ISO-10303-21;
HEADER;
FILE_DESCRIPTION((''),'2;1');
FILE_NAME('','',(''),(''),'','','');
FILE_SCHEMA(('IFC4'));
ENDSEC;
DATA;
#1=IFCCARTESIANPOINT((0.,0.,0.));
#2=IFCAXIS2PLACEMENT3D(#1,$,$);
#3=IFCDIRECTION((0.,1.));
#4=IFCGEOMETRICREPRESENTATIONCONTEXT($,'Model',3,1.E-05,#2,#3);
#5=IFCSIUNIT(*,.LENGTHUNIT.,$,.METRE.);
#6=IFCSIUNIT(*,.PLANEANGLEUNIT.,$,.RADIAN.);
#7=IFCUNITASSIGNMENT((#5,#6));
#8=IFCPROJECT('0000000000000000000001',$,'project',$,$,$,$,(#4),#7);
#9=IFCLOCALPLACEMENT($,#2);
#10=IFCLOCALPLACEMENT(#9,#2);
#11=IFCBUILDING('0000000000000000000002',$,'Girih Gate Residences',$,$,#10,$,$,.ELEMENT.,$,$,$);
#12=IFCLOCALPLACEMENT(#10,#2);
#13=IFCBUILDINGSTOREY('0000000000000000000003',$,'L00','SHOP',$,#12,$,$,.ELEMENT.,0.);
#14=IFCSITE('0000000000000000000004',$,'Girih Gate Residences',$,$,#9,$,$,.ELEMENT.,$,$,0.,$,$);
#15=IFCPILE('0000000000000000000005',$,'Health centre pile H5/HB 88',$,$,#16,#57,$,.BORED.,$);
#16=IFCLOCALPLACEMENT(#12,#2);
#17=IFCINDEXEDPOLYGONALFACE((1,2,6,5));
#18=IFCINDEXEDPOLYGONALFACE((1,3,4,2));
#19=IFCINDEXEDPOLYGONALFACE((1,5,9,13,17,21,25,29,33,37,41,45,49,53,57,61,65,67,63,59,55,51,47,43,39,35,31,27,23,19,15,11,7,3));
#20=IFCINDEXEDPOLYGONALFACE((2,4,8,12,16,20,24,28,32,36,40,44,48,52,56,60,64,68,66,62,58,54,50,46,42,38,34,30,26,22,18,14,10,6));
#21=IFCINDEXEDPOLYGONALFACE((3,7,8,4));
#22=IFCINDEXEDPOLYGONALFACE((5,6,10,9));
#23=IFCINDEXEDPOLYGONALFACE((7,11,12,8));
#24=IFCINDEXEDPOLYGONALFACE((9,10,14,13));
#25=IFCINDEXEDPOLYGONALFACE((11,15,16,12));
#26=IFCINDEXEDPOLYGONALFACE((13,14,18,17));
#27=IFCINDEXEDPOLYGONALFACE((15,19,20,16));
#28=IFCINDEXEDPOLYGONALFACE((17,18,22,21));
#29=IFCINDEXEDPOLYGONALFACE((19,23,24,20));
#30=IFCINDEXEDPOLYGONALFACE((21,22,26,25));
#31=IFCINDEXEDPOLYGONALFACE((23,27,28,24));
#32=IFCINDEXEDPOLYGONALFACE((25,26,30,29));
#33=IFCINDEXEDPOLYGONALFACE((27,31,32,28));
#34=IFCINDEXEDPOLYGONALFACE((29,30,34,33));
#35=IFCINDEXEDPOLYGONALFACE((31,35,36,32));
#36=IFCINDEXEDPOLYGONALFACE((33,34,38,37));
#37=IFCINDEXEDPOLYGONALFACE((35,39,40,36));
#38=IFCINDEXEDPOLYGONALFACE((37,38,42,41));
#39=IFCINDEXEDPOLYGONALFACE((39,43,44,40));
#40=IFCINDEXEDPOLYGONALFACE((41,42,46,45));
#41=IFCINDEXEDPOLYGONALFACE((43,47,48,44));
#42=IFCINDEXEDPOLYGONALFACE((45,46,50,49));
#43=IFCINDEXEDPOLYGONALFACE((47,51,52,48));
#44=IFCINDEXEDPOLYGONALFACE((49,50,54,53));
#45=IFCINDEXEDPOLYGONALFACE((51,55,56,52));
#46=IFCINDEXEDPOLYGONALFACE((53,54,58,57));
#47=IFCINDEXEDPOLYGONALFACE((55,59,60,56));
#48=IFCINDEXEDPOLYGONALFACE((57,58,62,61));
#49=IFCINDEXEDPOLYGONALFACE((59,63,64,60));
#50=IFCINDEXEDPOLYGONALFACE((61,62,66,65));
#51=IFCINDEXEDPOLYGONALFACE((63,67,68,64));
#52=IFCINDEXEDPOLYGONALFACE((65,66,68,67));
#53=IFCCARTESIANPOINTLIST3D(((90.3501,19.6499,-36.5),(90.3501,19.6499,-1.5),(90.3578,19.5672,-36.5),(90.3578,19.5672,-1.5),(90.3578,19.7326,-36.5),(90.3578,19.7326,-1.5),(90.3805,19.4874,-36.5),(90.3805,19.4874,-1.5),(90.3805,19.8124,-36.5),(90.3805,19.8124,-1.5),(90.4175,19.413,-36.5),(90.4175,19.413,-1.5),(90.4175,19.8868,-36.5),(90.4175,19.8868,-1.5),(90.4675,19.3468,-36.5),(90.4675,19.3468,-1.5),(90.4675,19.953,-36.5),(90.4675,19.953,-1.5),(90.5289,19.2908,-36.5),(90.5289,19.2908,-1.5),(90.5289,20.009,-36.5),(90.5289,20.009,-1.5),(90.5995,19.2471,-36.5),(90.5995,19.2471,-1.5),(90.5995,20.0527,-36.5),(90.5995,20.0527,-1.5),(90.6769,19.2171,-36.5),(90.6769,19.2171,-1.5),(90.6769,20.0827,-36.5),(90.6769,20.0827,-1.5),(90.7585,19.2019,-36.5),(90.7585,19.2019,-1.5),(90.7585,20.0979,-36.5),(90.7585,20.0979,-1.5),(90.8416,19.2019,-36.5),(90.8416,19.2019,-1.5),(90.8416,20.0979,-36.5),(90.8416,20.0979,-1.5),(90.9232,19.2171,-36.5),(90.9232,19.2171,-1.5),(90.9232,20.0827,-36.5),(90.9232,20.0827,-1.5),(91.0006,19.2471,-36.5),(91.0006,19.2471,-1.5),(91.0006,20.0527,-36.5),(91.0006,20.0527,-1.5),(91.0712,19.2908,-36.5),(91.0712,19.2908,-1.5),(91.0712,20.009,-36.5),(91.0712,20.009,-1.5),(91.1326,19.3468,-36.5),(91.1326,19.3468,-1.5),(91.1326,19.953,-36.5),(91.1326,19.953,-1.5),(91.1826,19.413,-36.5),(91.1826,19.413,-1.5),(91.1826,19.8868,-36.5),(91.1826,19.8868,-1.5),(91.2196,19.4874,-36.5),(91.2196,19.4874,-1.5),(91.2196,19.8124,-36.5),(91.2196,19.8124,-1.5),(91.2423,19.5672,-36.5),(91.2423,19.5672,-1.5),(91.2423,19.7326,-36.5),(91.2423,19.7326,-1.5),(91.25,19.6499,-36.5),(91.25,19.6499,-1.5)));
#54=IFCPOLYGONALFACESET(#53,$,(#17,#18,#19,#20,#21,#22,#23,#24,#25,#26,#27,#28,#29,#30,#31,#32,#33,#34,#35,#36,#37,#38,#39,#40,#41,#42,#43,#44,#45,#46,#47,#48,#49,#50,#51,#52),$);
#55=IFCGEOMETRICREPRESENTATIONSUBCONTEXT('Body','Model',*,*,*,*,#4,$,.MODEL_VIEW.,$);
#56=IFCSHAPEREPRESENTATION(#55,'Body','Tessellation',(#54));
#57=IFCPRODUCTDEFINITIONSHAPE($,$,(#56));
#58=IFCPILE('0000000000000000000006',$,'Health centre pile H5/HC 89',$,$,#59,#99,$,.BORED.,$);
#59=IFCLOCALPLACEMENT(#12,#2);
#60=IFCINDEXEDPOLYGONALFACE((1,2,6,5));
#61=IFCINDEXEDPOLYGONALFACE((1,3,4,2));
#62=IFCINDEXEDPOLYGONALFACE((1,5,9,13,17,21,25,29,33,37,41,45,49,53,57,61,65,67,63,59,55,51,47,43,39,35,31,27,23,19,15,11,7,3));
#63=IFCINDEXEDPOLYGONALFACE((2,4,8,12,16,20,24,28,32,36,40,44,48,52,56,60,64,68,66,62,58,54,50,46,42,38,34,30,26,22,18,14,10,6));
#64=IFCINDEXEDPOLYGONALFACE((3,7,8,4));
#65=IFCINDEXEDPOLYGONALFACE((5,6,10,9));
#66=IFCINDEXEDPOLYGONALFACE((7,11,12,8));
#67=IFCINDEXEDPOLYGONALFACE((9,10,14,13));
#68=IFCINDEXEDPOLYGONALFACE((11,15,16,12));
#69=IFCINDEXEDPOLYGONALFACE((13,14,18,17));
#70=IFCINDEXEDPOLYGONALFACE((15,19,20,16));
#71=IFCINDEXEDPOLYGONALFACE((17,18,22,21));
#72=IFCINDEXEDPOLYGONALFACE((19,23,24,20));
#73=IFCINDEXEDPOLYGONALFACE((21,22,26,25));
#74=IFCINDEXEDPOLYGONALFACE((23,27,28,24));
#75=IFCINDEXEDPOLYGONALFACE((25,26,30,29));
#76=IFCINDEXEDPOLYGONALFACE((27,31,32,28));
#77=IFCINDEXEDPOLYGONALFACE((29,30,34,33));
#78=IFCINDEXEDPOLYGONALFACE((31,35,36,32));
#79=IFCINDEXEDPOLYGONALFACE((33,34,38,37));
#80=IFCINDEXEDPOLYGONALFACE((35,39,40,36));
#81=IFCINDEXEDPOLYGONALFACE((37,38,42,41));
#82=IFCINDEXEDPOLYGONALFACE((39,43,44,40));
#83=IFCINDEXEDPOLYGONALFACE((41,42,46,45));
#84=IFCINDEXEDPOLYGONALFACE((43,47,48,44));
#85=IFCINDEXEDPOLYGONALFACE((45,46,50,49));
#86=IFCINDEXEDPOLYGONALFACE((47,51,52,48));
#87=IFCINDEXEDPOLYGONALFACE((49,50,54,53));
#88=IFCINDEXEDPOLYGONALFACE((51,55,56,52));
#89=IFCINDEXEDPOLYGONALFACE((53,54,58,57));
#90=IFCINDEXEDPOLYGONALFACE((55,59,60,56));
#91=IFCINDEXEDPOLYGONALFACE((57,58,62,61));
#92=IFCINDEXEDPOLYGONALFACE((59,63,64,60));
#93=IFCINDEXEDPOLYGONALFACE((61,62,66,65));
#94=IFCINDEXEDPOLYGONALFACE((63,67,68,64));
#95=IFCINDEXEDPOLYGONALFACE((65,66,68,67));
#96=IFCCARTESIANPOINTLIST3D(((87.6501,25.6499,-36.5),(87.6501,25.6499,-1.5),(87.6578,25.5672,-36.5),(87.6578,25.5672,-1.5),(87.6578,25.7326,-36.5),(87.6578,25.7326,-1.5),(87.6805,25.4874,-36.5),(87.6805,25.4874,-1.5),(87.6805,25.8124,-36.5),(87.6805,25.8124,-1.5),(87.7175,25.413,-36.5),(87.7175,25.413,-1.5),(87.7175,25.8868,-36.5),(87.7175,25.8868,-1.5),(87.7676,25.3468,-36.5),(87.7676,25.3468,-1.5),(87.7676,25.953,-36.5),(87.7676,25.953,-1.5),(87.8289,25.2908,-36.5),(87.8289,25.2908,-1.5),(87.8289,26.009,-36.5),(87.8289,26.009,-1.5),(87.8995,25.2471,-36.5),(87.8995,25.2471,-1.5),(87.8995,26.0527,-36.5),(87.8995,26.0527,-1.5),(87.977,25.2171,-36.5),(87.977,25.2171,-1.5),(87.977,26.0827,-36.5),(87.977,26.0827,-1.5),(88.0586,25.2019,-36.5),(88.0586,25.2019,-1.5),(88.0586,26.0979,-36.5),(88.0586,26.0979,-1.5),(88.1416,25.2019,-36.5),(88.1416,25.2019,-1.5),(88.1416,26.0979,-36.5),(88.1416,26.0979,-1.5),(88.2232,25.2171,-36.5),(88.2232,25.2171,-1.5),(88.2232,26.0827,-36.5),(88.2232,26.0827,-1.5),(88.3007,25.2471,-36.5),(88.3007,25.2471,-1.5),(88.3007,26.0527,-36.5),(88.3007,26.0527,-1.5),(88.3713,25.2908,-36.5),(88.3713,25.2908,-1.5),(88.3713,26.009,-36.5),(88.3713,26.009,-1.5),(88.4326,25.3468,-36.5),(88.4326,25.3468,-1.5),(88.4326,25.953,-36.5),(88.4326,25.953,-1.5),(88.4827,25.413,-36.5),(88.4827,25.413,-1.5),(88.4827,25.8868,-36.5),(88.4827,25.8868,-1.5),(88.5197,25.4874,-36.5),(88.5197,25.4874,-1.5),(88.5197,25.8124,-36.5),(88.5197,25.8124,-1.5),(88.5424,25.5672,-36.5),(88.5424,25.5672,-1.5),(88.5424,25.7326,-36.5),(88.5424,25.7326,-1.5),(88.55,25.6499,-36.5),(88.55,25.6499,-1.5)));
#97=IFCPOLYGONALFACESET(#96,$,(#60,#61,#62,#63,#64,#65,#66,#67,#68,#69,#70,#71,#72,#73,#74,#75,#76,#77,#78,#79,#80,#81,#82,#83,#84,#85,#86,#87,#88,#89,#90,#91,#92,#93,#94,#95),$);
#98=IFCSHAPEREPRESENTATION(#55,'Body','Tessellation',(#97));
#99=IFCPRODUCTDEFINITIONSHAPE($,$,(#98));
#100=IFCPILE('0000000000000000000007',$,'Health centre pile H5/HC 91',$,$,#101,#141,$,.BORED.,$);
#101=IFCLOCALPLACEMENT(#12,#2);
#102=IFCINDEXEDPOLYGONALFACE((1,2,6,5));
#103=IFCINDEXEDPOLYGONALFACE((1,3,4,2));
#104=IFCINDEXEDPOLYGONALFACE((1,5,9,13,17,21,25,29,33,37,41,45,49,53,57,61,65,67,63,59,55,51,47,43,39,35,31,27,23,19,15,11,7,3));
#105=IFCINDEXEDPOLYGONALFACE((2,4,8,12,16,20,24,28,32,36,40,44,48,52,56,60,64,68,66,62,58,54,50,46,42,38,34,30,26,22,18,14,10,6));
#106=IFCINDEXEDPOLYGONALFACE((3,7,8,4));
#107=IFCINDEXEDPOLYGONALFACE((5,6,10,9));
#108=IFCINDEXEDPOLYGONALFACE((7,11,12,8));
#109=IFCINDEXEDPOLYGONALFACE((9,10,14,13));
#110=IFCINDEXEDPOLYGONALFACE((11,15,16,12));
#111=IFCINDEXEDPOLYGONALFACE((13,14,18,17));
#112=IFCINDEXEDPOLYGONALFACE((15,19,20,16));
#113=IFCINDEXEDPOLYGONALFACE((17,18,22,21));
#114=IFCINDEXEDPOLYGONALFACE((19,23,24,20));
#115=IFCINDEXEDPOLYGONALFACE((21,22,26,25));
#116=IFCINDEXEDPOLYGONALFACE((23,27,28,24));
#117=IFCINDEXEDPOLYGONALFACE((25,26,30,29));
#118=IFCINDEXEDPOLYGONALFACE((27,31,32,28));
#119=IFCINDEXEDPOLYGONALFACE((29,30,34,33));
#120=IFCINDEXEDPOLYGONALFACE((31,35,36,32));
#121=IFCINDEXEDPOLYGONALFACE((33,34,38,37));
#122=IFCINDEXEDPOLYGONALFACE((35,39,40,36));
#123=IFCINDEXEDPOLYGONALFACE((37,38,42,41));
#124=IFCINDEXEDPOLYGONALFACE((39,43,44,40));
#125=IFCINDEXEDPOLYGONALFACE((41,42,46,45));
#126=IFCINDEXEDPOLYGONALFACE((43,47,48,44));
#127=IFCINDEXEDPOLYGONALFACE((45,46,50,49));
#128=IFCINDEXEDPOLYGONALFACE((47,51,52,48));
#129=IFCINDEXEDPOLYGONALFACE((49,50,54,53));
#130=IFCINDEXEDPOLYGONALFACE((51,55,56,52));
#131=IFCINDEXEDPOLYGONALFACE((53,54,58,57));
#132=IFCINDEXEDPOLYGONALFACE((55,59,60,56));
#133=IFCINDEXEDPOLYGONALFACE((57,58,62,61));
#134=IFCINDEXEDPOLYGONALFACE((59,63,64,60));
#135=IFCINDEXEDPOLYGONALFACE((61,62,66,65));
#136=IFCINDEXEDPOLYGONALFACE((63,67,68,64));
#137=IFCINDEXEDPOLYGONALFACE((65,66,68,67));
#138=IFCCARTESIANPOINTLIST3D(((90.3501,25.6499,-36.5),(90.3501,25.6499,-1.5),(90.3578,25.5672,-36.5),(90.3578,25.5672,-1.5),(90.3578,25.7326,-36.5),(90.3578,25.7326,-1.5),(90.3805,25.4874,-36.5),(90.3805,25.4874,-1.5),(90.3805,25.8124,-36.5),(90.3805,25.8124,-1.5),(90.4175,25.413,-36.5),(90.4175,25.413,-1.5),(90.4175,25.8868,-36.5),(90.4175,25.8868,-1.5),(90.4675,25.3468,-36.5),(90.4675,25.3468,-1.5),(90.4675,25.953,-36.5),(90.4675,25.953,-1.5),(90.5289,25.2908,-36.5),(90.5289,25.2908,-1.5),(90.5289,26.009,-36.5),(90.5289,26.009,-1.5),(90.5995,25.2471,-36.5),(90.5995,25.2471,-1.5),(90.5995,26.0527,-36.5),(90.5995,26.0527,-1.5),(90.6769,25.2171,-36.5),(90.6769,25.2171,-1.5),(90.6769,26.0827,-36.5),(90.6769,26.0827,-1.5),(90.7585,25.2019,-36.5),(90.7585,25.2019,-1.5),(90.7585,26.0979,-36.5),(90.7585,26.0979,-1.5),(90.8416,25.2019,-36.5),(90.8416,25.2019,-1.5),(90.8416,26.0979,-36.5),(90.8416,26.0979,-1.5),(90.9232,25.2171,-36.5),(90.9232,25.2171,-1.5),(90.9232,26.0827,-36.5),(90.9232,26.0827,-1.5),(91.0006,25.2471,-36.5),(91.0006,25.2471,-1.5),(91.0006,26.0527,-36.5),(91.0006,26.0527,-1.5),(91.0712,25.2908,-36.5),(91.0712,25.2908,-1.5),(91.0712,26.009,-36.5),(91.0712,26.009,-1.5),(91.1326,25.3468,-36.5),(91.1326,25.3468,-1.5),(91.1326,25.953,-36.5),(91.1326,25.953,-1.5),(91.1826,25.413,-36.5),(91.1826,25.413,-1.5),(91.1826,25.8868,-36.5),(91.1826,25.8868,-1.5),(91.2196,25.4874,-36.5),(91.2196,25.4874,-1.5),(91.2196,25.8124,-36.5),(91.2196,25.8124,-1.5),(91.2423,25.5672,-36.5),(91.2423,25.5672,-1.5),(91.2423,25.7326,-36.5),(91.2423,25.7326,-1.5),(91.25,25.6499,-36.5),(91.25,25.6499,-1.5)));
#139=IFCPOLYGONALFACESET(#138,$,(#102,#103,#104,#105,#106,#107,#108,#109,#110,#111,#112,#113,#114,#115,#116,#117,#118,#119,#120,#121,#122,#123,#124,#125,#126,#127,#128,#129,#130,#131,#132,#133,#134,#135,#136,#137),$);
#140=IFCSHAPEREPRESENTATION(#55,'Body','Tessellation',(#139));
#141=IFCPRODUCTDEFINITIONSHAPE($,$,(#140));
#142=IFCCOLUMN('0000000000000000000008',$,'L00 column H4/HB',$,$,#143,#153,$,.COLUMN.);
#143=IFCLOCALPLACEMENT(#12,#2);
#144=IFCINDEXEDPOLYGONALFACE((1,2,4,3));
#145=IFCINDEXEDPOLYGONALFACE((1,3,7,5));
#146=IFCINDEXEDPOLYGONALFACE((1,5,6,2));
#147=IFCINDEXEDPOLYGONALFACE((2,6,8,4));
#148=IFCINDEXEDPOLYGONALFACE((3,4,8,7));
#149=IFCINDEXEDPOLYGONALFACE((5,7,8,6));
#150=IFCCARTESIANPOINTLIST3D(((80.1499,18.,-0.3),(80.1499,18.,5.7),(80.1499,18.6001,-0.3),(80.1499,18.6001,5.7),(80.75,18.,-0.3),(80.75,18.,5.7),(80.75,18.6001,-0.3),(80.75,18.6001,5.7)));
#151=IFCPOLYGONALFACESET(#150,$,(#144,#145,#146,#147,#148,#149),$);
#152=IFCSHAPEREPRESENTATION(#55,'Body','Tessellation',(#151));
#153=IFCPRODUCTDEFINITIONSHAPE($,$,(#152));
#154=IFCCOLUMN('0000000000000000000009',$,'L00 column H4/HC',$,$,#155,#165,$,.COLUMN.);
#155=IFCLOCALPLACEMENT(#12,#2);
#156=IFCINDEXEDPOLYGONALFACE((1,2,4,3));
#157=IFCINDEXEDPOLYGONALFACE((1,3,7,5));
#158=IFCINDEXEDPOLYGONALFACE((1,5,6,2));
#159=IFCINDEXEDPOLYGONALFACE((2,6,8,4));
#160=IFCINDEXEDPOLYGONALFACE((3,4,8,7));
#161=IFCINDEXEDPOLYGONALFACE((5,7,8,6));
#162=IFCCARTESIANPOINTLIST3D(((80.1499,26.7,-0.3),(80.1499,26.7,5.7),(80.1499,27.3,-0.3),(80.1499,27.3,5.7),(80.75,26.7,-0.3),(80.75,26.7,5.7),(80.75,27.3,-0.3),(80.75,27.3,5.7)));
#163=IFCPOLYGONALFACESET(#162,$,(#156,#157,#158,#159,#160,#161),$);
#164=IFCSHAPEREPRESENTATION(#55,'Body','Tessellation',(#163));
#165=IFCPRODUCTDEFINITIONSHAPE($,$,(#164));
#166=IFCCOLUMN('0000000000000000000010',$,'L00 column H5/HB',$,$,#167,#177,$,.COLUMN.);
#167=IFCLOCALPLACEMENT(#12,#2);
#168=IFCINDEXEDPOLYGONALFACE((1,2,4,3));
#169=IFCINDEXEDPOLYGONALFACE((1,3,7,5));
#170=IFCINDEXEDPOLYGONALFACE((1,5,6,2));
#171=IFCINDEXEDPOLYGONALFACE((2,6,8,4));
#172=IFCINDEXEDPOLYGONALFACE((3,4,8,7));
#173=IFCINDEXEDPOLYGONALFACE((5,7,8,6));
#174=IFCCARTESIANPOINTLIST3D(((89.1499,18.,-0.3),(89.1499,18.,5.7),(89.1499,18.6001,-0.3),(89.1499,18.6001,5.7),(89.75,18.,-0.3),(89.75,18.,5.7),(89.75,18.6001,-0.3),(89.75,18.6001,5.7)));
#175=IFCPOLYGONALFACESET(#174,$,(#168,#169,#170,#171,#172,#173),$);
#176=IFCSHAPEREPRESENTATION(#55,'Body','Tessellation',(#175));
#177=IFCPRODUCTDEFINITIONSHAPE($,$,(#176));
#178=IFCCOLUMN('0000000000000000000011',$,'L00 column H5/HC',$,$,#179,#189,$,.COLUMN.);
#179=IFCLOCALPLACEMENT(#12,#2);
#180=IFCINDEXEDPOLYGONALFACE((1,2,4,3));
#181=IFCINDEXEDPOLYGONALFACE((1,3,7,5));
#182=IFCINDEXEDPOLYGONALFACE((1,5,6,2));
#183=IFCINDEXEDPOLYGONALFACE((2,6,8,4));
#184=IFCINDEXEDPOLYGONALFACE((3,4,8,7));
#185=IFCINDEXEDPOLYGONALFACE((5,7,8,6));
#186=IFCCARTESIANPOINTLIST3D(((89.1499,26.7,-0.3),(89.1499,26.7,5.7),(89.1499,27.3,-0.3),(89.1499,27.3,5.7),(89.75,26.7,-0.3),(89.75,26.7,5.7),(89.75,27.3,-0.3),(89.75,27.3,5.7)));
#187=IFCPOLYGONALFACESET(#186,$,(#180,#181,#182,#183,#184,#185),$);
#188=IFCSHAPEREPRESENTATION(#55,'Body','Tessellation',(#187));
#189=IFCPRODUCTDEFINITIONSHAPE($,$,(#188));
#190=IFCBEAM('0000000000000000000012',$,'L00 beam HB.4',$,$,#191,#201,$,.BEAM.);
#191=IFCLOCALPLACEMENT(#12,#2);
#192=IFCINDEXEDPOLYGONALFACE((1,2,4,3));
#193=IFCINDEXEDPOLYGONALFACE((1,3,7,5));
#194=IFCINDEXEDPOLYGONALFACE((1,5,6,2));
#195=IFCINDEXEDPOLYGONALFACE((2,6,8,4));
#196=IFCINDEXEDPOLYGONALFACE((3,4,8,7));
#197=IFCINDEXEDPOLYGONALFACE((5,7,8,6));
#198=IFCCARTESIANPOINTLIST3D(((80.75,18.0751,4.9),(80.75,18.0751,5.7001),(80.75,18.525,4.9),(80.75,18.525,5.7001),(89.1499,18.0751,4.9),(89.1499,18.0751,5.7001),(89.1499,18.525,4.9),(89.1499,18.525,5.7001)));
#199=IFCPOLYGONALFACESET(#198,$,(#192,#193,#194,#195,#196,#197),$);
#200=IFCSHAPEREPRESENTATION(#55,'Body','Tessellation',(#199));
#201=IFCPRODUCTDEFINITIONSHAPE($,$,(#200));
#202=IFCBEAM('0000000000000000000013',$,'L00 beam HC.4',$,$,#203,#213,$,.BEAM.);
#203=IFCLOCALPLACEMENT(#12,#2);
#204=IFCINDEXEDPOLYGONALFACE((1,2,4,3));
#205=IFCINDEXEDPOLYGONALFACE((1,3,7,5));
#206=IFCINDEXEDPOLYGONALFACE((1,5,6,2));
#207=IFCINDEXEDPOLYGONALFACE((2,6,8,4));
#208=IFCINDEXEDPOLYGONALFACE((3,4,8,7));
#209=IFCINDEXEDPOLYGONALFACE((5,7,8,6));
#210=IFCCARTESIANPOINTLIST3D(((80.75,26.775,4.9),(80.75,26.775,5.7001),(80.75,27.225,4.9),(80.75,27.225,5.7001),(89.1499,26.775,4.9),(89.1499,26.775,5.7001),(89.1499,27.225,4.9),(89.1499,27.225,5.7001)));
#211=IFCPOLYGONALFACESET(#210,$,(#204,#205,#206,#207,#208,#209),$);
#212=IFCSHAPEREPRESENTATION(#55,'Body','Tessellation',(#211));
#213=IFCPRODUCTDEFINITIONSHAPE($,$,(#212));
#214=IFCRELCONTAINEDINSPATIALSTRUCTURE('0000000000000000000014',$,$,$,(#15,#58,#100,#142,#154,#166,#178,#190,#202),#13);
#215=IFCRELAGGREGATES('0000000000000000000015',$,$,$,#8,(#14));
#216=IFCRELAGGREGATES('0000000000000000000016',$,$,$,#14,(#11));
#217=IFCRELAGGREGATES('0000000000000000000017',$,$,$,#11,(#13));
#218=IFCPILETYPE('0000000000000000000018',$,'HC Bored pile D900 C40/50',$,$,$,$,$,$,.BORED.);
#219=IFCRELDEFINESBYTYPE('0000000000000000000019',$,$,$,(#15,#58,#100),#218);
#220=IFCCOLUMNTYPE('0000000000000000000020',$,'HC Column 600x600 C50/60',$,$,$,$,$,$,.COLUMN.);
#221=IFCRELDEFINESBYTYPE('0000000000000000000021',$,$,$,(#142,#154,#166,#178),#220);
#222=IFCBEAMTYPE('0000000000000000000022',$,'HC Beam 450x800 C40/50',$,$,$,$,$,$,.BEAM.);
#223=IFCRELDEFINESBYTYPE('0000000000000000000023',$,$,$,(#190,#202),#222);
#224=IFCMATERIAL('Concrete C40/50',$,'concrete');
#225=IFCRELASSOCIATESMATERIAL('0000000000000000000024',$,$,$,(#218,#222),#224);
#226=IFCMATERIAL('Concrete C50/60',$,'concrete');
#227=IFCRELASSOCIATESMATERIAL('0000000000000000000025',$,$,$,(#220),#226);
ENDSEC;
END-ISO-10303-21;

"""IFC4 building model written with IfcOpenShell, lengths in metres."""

from ifc_helpers import new_model, si_unit, direction, frame, origin, origin_2d, place, context, subcontext, project, spatial, rectangle, circle, extrude, material, material_profile, profile_set, type_object, element, save


model = new_model("IFC4")

# Units and contexts
model_context = context("Model", 3, precision=1e-05, world=origin(), true_north=direction((0.0, 1.0)))
body_context = subcontext(model_context, "Body", "Model", "MODEL_VIEW")
ifc_project = project(units=[si_unit("LENGTHUNIT", "METRE"), si_unit("PLANEANGLEUNIT", "RADIAN")], contexts=[model_context])

# Site, building, storey
site_placement = place(None, origin())
site = spatial("IfcSite", under=ifc_project, at=site_placement, Name="Girih Gate Residences", CompositionType="ELEMENT", RefElevation=0.0)
building_placement = place(site_placement, origin())
building = spatial("IfcBuilding", under=site, at=building_placement, Name="Girih Gate Residences", CompositionType="ELEMENT")
storey_placement = place(building_placement, origin())
storey = spatial("IfcBuildingStorey", under=building, at=storey_placement, Name="L00", Description="SHOP", CompositionType="ELEMENT", Elevation=0.0)

# Piles
ifc_material_1 = material(Name="Concrete C40/50", Category="concrete")
ifc_material_profile_1 = material_profile(ifc_material_1, circle(Radius=0.45, at=origin_2d()))
ifc_profile_set_1 = profile_set([ifc_material_profile_1], Name="Concrete C40/50")
pile_type = type_object("IfcPileType", Name="HC Bored pile D900 C40/50", PredefinedType="BORED", material=ifc_profile_set_1)
for number, where, z_axis, x_axis, name in (
    (1, (90.8, 19.6499, -1.5), (0.0, 0.0, -1.0), (1.0, 0.0, 0.0), "Health centre pile H5/HB 88"),
    (2, (88.1001, 25.6499, -1.5), (0.0, 0.0, -1.0), (1.0, 0.0, 0.0), "Health centre pile H5/HC 89"),
    (3, (90.8, 25.6499, -1.5), (0.0, 0.0, -1.0), (1.0, 0.0, 0.0), "Health centre pile H5/HC 91"),
):
    element("IfcPile", number, at=place(storey_placement, frame(where, z_axis=z_axis, x_axis=x_axis)), inside=storey, type_object=pile_type, Name=name, PredefinedType="BORED", context=body_context, shape_type="SweptSolid", body=[
        extrude(circle(Radius=0.45, at=origin_2d()), origin(), (0.0, 0.0, 1.0), 35.0),
    ])

# Columns
ifc_material_2 = material(Name="Concrete C50/60", Category="concrete")
ifc_material_profile_2 = material_profile(ifc_material_2, rectangle(XDim=0.6001, YDim=0.6001, at=origin_2d()))
ifc_profile_set_2 = profile_set([ifc_material_profile_2], Name="Concrete C50/60")
column_type = type_object("IfcColumnType", Name="HC Column 600x600 C50/60", PredefinedType="COLUMN", material=ifc_profile_set_2)
for number, where, z_axis, x_axis, name in (
    (4, (80.45, 18.3, -0.3), (0.0, 0.0, 1.0), (1.0, 0.0, 0.0), "L00 column H4/HB"),
    (5, (80.45, 27.0, -0.3), (0.0, 0.0, 1.0), (1.0, 0.0, 0.0), "L00 column H4/HC"),
    (6, (89.45, 18.3, -0.3), (0.0, 0.0, 1.0), (1.0, 0.0, 0.0), "L00 column H5/HB"),
    (7, (89.45, 27.0, -0.3), (0.0, 0.0, 1.0), (1.0, 0.0, 0.0), "L00 column H5/HC"),
):
    element("IfcColumn", number, at=place(storey_placement, frame(where, z_axis=z_axis, x_axis=x_axis)), inside=storey, type_object=column_type, Name=name, PredefinedType="COLUMN", context=body_context, shape_type="SweptSolid", body=[
        extrude(rectangle(XDim=0.6001, YDim=0.6001, at=origin_2d()), origin(), (0.0, 0.0, 1.0), 6.0),
    ])

# Beams
ifc_material_profile_3 = material_profile(ifc_material_1, rectangle(XDim=0.45, YDim=0.8, at=origin_2d()))
ifc_profile_set_3 = profile_set([ifc_material_profile_3], Name="Concrete C40/50")
beam_type = type_object("IfcBeamType", Name="HC Beam 450x800 C40/50", PredefinedType="BEAM", material=ifc_profile_set_3)
for number, where, z_axis, x_axis, name in (
    (8, (80.75, 18.3, 5.3), (1.0, 0.0, 0.0), (0.0, 1.0, 0.0), "L00 beam HB.4"),
    (9, (80.75, 27.0, 5.3), (1.0, 0.0, 0.0), (0.0, 1.0, 0.0), "L00 beam HC.4"),
):
    element("IfcBeam", number, at=place(storey_placement, frame(where, z_axis=z_axis, x_axis=x_axis)), inside=storey, type_object=beam_type, Name=name, PredefinedType="BEAM", context=body_context, shape_type="SweptSolid", body=[
        extrude(rectangle(XDim=0.45, YDim=0.8, at=origin_2d()), origin(), (0.0, 0.0, 1.0), 8.3999),
    ])

save(model, "model.ifc")
